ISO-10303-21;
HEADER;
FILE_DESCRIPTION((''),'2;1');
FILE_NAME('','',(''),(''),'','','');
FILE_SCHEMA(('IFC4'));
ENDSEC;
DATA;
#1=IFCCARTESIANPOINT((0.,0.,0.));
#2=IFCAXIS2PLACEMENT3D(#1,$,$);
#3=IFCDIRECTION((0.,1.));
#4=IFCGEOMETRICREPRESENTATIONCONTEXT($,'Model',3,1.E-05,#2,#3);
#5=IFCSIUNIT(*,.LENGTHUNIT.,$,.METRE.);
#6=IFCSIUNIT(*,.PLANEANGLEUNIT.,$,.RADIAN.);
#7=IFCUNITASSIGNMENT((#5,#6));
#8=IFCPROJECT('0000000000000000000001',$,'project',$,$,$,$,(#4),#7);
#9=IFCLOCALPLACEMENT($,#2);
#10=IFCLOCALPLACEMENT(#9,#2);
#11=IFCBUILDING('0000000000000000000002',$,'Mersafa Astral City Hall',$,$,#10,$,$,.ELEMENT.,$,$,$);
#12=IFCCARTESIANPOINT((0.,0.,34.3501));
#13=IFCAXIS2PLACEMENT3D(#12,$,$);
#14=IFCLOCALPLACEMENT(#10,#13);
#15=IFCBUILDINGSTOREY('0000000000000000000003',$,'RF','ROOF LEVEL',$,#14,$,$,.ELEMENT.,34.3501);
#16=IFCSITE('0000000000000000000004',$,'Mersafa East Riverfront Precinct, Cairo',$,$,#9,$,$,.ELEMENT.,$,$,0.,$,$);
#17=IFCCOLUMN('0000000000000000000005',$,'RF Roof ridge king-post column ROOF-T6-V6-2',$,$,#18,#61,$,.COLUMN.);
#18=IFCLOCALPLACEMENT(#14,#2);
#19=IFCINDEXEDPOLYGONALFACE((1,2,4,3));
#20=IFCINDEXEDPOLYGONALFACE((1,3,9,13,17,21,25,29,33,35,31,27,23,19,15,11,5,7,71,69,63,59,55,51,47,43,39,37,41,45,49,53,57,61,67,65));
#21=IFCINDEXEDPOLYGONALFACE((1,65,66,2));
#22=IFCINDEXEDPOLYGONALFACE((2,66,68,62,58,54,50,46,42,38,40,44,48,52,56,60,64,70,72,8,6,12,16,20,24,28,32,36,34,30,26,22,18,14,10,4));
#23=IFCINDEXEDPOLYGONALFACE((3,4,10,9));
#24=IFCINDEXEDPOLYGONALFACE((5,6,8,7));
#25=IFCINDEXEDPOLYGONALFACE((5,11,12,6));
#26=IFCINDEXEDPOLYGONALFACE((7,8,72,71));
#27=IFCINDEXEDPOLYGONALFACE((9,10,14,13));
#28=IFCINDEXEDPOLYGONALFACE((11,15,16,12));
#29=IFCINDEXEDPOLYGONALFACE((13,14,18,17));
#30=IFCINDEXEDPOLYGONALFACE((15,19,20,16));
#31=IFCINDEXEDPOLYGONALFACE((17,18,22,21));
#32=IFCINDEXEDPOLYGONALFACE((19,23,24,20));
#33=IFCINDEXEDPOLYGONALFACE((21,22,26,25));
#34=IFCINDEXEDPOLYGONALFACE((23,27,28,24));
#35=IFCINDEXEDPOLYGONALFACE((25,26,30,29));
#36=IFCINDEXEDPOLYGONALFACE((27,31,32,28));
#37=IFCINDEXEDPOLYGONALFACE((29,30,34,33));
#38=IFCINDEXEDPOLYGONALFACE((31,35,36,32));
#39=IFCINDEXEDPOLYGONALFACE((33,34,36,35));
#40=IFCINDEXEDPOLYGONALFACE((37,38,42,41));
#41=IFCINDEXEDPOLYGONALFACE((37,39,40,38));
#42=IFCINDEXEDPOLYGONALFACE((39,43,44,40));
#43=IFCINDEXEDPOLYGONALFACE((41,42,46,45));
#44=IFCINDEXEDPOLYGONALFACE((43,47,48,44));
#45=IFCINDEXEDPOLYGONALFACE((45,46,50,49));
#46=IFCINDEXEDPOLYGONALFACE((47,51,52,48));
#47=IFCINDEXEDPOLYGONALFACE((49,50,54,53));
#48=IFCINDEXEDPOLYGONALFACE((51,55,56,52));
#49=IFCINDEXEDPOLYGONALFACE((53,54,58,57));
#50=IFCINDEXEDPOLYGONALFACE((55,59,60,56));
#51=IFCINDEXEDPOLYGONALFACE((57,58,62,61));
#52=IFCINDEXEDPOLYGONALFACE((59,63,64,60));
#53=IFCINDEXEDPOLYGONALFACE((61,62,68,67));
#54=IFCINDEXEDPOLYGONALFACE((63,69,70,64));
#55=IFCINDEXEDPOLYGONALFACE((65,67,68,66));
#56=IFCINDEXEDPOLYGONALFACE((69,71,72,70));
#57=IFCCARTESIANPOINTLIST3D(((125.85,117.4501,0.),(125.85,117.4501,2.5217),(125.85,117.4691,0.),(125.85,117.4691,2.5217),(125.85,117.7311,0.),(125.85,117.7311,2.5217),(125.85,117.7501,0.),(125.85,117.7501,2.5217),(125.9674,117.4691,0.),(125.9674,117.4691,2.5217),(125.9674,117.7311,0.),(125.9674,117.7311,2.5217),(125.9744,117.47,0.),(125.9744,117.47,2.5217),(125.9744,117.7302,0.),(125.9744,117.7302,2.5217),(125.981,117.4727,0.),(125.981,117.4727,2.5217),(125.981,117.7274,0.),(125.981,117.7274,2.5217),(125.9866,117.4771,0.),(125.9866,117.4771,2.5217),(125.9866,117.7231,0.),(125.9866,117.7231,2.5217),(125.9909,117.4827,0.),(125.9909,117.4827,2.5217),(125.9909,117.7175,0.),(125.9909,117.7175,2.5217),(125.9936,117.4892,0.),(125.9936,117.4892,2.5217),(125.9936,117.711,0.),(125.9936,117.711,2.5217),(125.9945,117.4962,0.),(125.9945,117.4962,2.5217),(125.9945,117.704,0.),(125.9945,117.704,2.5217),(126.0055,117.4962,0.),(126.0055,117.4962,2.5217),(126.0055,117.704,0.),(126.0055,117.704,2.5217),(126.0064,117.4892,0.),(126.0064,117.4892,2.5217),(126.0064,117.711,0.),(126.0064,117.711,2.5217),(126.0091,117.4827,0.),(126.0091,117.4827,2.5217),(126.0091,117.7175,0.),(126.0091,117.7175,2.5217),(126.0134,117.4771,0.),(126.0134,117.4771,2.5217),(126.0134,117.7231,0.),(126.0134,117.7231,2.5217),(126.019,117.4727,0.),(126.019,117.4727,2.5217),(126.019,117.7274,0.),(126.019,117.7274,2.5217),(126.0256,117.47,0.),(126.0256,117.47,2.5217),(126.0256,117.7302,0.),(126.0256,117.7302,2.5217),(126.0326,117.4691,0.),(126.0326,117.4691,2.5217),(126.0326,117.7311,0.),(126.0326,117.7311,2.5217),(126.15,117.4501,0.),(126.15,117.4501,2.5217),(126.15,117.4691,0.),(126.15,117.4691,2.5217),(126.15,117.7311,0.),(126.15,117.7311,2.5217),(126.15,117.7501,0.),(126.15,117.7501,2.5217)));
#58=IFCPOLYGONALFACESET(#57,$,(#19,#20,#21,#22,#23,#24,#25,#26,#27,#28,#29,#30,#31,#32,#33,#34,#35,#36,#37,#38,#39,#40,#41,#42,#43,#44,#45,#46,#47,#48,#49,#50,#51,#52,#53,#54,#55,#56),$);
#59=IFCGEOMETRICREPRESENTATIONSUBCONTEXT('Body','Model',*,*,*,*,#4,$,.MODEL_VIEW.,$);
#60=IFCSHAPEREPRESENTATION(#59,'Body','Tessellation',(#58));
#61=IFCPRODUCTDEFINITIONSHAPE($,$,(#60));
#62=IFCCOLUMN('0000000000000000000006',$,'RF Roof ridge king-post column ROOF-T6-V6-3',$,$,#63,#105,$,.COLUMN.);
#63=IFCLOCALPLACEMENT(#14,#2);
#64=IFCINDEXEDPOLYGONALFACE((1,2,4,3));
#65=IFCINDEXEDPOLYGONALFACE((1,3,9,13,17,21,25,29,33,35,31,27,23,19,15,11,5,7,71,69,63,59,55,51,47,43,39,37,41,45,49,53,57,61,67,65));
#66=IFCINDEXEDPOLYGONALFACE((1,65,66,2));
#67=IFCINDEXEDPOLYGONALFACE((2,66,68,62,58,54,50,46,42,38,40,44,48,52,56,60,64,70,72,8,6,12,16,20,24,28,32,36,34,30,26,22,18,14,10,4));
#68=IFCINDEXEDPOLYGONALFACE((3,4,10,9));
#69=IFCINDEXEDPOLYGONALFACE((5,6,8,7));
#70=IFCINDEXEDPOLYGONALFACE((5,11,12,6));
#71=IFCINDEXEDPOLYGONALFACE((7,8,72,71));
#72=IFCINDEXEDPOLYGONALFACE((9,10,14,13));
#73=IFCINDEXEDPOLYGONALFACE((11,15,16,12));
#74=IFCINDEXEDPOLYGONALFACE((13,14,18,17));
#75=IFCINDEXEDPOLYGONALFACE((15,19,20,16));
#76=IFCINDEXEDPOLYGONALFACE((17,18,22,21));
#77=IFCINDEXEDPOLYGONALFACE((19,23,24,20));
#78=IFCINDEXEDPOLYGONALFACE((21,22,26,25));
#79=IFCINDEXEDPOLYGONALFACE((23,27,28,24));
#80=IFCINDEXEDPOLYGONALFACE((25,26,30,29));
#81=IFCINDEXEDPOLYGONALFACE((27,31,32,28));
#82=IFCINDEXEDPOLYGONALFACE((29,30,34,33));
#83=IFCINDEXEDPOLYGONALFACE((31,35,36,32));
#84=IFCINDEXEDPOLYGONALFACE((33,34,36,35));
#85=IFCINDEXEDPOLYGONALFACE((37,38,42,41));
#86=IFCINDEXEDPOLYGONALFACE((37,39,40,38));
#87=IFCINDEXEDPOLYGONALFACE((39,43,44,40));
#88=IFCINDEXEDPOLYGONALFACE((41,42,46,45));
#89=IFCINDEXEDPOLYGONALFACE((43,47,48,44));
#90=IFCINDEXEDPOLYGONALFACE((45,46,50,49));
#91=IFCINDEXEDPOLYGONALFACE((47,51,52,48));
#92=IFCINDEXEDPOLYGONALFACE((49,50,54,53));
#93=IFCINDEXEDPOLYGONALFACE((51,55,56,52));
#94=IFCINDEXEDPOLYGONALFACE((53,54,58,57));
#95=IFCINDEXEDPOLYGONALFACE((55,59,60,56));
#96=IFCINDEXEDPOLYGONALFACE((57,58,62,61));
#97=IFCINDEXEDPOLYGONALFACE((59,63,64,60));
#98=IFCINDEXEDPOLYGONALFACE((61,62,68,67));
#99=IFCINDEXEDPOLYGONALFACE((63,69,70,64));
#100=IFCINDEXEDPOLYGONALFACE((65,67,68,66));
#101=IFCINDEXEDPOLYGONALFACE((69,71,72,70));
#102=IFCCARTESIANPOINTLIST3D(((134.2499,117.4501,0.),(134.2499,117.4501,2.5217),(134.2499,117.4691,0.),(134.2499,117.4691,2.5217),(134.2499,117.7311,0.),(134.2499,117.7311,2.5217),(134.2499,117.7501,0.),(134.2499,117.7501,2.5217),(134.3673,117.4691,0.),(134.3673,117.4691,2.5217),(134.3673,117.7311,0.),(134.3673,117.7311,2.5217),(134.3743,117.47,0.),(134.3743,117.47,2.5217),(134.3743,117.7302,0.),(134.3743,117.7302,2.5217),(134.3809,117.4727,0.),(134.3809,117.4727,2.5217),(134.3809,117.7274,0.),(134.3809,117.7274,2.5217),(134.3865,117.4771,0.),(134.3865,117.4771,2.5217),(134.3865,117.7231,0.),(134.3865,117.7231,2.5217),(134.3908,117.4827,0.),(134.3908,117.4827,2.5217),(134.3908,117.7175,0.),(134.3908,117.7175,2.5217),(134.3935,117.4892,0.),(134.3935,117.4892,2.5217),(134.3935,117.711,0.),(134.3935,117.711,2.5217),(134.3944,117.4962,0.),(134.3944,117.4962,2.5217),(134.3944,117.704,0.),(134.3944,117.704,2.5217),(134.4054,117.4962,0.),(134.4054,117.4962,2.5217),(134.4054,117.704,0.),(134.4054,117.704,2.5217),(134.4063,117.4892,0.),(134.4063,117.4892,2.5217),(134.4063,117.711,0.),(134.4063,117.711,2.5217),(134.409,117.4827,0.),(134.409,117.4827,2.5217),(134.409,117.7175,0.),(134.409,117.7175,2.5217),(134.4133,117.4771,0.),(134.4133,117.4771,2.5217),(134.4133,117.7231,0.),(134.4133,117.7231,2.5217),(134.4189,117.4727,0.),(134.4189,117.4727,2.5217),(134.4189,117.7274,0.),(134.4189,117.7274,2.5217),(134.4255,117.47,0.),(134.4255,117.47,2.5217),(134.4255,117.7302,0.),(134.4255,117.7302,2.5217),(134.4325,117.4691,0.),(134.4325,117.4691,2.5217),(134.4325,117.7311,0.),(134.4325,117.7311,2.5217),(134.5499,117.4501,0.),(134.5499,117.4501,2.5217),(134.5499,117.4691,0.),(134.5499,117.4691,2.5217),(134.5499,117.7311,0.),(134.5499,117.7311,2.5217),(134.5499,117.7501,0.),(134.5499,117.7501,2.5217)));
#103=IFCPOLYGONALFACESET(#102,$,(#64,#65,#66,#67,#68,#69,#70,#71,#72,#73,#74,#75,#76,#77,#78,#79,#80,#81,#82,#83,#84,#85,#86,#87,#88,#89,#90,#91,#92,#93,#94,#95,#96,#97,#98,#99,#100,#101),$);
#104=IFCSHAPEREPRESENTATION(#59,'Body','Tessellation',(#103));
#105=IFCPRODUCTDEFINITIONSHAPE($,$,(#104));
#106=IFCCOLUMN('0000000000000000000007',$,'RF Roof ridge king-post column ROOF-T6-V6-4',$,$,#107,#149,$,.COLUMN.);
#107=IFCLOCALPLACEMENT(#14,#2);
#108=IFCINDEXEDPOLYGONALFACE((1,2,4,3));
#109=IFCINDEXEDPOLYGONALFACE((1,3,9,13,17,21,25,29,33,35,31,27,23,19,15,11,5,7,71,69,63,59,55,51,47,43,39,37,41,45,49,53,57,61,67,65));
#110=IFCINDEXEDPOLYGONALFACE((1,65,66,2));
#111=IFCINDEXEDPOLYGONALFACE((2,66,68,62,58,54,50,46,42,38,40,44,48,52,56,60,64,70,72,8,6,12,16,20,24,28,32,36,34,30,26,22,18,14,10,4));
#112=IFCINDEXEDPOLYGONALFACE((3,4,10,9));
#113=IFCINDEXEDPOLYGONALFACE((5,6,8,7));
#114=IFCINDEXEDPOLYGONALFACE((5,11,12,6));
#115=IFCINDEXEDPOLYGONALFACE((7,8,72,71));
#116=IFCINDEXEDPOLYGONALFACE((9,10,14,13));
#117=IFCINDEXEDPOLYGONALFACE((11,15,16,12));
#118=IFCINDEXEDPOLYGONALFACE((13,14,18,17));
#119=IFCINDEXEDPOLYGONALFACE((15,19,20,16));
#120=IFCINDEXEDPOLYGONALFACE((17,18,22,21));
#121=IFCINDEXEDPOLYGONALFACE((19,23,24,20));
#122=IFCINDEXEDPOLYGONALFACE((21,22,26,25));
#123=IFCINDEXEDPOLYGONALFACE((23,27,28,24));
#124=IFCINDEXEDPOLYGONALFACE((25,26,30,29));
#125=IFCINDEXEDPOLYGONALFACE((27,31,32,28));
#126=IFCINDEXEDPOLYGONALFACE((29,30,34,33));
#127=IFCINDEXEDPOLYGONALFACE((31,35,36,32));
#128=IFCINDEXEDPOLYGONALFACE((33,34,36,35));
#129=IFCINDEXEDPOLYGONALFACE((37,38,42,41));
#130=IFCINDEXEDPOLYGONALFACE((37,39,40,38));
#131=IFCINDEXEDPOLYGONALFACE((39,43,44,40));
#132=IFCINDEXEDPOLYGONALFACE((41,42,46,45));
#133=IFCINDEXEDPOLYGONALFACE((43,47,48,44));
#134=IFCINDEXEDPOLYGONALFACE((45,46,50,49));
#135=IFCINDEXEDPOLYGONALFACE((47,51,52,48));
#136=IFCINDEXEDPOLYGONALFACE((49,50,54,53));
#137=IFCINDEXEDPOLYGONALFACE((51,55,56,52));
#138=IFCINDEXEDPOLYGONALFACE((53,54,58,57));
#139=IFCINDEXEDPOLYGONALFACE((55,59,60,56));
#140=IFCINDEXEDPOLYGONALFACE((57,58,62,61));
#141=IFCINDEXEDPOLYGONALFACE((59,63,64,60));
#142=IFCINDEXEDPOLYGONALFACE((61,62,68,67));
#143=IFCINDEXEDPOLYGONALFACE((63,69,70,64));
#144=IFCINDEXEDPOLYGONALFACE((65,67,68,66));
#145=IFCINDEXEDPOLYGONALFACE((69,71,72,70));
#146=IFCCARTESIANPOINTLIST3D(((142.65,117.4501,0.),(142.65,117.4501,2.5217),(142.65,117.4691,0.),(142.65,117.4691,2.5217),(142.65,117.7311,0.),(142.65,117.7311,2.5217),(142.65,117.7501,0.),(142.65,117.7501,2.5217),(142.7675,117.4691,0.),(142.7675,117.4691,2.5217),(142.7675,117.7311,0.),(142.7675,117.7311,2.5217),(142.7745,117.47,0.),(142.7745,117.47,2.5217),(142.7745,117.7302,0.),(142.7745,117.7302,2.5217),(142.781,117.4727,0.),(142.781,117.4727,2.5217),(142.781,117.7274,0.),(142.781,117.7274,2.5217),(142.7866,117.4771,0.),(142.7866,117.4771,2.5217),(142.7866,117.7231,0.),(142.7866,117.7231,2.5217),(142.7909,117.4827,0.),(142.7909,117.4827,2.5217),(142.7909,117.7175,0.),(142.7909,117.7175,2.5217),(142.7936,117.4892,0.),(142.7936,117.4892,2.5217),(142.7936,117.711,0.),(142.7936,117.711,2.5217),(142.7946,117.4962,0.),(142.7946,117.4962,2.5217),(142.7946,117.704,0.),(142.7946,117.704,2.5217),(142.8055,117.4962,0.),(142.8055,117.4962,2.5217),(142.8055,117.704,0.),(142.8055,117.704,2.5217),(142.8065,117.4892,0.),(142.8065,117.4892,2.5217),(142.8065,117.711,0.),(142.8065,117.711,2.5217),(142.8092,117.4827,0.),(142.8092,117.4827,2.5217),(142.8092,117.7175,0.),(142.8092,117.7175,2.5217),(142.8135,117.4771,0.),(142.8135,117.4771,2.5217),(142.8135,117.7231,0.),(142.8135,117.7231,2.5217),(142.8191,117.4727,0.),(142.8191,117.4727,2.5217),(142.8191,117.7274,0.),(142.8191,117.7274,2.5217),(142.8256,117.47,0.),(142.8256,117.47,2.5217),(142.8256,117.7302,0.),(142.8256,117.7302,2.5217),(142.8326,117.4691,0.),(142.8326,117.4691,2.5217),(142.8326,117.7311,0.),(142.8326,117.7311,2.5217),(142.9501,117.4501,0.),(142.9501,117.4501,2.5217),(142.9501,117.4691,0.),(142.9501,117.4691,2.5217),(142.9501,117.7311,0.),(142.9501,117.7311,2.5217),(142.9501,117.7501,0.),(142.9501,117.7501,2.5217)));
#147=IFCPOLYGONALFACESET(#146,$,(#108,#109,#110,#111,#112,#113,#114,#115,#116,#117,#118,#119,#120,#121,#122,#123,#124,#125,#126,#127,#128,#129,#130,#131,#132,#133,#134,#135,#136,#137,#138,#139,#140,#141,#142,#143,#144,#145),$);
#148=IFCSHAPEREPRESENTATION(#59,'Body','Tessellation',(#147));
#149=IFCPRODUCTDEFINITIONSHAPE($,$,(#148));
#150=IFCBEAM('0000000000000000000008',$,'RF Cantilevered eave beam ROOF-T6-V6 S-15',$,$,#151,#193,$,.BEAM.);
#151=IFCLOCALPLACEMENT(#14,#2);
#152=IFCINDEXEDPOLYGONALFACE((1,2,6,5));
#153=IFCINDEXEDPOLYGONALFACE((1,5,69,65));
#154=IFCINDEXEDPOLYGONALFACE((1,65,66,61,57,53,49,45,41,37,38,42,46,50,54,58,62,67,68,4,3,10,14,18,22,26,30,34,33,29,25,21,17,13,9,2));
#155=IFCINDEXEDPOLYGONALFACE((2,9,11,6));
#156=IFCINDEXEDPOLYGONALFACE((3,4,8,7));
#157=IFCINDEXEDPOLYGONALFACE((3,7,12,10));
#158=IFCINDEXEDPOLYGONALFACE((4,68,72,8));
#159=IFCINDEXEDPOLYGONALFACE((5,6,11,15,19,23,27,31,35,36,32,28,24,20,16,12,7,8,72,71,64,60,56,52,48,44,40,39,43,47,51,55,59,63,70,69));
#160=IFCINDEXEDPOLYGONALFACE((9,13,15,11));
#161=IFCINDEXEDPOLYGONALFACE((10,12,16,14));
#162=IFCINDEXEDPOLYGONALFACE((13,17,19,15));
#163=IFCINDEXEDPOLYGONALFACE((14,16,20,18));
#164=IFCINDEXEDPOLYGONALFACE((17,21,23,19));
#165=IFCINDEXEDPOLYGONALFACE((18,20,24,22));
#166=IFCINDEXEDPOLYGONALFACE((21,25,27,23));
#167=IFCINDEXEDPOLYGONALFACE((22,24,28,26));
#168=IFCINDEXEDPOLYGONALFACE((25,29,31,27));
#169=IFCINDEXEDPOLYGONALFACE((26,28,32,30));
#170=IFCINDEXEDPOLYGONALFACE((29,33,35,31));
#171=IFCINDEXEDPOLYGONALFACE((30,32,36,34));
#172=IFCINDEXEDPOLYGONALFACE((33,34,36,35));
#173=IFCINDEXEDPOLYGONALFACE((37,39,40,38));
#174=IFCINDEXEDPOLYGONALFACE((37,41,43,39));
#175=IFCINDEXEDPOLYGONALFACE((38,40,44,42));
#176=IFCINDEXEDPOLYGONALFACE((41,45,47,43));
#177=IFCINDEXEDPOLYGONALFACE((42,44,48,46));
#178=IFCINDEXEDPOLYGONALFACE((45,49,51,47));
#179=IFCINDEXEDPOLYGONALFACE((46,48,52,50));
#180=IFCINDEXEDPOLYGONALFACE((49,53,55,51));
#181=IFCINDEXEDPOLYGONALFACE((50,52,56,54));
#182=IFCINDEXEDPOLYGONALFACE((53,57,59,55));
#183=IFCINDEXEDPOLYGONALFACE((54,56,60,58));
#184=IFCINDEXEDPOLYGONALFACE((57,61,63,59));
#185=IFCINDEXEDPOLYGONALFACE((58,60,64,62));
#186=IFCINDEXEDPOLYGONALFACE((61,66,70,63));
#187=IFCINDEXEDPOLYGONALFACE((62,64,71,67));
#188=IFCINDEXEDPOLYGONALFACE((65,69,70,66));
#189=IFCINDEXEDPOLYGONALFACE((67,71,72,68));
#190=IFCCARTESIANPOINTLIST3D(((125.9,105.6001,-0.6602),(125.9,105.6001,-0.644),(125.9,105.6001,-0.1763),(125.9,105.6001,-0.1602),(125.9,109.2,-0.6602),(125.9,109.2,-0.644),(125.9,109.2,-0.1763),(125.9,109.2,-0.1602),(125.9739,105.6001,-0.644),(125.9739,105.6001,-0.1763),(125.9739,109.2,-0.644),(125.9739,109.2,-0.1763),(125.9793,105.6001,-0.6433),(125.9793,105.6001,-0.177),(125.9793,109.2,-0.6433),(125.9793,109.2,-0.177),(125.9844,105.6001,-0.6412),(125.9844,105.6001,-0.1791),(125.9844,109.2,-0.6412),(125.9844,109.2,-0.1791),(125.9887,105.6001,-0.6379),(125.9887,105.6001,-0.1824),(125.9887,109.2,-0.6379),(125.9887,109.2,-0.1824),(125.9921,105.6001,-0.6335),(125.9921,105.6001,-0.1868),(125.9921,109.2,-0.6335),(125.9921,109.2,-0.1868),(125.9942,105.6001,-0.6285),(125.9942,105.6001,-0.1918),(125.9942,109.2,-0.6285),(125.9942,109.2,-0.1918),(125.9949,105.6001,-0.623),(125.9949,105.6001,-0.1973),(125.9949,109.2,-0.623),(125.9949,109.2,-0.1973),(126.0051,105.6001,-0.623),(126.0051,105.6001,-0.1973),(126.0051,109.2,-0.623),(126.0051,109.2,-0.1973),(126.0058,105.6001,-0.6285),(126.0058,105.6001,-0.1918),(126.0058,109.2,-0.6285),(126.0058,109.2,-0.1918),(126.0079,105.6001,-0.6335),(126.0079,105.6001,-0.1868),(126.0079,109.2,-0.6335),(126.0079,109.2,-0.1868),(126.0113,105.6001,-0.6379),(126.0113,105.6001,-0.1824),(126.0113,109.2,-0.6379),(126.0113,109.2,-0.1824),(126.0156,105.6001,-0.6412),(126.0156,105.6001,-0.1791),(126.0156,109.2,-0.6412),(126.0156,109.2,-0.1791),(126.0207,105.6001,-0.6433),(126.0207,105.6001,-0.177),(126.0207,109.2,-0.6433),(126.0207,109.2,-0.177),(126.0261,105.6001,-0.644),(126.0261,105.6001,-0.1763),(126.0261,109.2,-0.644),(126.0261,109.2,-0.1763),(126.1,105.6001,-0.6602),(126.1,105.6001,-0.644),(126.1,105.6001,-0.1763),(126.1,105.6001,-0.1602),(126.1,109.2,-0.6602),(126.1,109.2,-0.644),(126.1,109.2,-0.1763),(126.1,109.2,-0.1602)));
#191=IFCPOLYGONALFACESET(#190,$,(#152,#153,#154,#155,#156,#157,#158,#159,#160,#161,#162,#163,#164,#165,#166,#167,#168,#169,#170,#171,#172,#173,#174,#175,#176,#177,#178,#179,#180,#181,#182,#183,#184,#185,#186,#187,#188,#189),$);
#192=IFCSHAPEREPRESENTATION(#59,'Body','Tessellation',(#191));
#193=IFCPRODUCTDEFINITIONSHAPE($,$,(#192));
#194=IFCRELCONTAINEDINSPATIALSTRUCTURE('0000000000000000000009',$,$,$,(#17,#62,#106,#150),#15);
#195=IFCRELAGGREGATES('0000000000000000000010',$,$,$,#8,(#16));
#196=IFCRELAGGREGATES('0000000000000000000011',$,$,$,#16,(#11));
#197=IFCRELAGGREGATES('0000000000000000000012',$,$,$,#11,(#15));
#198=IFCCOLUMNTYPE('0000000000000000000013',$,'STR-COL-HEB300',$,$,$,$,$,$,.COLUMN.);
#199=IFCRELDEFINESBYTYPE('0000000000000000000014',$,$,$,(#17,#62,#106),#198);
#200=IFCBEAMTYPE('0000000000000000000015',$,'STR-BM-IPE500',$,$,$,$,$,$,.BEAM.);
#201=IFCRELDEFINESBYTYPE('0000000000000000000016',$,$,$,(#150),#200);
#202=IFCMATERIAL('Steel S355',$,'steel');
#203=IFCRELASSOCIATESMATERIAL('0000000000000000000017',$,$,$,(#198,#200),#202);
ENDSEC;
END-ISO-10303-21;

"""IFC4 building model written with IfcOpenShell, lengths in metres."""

from ifc_helpers import new_model, si_unit, direction, frame, origin, origin_2d, place, context, subcontext, project, spatial, i_section, extrude, material, material_profile, profile_set, type_object, element, save


model = new_model("IFC4")

# Units and contexts
model_context = context("Model", 3, precision=1e-05, world=origin(), true_north=direction((0.0, 1.0)))
body_context = subcontext(model_context, "Body", "Model", "MODEL_VIEW")
ifc_project = project(units=[si_unit("LENGTHUNIT", "METRE"), si_unit("PLANEANGLEUNIT", "RADIAN")], contexts=[model_context])

# Site, building, storey
site_placement = place(None, origin())
site = spatial("IfcSite", under=ifc_project, at=site_placement, Name="Mersafa East Riverfront Precinct, Cairo", CompositionType="ELEMENT", RefElevation=0.0)
building_placement = place(site_placement, origin())
building = spatial("IfcBuilding", under=site, at=building_placement, Name="Mersafa Astral City Hall", CompositionType="ELEMENT")
storey_placement = place(building_placement, frame((0.0, 0.0, 34.3501)))
storey = spatial("IfcBuildingStorey", under=building, at=storey_placement, Name="RF", Description="ROOF LEVEL", CompositionType="ELEMENT", Elevation=34.3501)

# Columns
ifc_material = material(Name="Steel S355", Category="steel")
ifc_material_profile_1 = material_profile(ifc_material, i_section(OverallWidth=0.3, OverallDepth=0.3, WebThickness=0.011, FlangeThickness=0.019, FilletRadius=0.0271, at=origin_2d()), Name="HEB 300")
ifc_profile_set_1 = profile_set([ifc_material_profile_1], Name="Steel S355")
column_type = type_object("IfcColumnType", Name="STR-COL-HEB300", PredefinedType="COLUMN", material=ifc_profile_set_1)
for number, where, z_axis, x_axis, name in (
    (1, (126.0, 117.6001, 0.0), (0.0, 0.0, 1.0), (1.0, 0.0, 0.0), "RF Roof ridge king-post column ROOF-T6-V6-2"),
    (2, (134.3999, 117.6001, 0.0), (0.0, 0.0, 1.0), (1.0, 0.0, 0.0), "RF Roof ridge king-post column ROOF-T6-V6-3"),
    (3, (142.8, 117.6001, 0.0), (0.0, 0.0, 1.0), (1.0, 0.0, 0.0), "RF Roof ridge king-post column ROOF-T6-V6-4"),
):
    element("IfcColumn", number, at=place(storey_placement, frame(where, z_axis=z_axis, x_axis=x_axis)), inside=storey, type_object=column_type, Name=name, PredefinedType="COLUMN", context=body_context, shape_type="SweptSolid", body=[
        extrude(i_section(OverallWidth=0.3, OverallDepth=0.3, WebThickness=0.011, FlangeThickness=0.019, FilletRadius=0.0271, at=origin_2d()), origin(), (0.0, 0.0, 1.0), 2.5217),
    ])

# Beam
ifc_material_profile_2 = material_profile(ifc_material, i_section(OverallWidth=0.2, OverallDepth=0.5, WebThickness=0.0103, FlangeThickness=0.0161, FilletRadius=0.021, at=origin_2d()), Name="IPE 500")
ifc_profile_set_2 = profile_set([ifc_material_profile_2], Name="Steel S355")
beam_type_1 = type_object("IfcBeamType", Name="STR-BM-IPE500", PredefinedType="BEAM", material=ifc_profile_set_2)
beam_1_placement = place(storey_placement, frame((126.0, 109.2, -0.4102), z_axis=(0.0, -1.0, 0.0), x_axis=(1.0, 0.0, 0.0)))
element("IfcBeam", 4, at=beam_1_placement, inside=storey, type_object=beam_type_1, Name="RF Cantilevered eave beam ROOF-T6-V6 S-15", PredefinedType="BEAM", context=body_context, shape_type="SweptSolid", body=[
    extrude(i_section(OverallWidth=0.2, OverallDepth=0.5, WebThickness=0.0103, FlangeThickness=0.0161, FilletRadius=0.021, at=origin_2d()), origin(), (0.0, 0.0, 1.0), 3.5999),
])

save(model, "model.ifc")
